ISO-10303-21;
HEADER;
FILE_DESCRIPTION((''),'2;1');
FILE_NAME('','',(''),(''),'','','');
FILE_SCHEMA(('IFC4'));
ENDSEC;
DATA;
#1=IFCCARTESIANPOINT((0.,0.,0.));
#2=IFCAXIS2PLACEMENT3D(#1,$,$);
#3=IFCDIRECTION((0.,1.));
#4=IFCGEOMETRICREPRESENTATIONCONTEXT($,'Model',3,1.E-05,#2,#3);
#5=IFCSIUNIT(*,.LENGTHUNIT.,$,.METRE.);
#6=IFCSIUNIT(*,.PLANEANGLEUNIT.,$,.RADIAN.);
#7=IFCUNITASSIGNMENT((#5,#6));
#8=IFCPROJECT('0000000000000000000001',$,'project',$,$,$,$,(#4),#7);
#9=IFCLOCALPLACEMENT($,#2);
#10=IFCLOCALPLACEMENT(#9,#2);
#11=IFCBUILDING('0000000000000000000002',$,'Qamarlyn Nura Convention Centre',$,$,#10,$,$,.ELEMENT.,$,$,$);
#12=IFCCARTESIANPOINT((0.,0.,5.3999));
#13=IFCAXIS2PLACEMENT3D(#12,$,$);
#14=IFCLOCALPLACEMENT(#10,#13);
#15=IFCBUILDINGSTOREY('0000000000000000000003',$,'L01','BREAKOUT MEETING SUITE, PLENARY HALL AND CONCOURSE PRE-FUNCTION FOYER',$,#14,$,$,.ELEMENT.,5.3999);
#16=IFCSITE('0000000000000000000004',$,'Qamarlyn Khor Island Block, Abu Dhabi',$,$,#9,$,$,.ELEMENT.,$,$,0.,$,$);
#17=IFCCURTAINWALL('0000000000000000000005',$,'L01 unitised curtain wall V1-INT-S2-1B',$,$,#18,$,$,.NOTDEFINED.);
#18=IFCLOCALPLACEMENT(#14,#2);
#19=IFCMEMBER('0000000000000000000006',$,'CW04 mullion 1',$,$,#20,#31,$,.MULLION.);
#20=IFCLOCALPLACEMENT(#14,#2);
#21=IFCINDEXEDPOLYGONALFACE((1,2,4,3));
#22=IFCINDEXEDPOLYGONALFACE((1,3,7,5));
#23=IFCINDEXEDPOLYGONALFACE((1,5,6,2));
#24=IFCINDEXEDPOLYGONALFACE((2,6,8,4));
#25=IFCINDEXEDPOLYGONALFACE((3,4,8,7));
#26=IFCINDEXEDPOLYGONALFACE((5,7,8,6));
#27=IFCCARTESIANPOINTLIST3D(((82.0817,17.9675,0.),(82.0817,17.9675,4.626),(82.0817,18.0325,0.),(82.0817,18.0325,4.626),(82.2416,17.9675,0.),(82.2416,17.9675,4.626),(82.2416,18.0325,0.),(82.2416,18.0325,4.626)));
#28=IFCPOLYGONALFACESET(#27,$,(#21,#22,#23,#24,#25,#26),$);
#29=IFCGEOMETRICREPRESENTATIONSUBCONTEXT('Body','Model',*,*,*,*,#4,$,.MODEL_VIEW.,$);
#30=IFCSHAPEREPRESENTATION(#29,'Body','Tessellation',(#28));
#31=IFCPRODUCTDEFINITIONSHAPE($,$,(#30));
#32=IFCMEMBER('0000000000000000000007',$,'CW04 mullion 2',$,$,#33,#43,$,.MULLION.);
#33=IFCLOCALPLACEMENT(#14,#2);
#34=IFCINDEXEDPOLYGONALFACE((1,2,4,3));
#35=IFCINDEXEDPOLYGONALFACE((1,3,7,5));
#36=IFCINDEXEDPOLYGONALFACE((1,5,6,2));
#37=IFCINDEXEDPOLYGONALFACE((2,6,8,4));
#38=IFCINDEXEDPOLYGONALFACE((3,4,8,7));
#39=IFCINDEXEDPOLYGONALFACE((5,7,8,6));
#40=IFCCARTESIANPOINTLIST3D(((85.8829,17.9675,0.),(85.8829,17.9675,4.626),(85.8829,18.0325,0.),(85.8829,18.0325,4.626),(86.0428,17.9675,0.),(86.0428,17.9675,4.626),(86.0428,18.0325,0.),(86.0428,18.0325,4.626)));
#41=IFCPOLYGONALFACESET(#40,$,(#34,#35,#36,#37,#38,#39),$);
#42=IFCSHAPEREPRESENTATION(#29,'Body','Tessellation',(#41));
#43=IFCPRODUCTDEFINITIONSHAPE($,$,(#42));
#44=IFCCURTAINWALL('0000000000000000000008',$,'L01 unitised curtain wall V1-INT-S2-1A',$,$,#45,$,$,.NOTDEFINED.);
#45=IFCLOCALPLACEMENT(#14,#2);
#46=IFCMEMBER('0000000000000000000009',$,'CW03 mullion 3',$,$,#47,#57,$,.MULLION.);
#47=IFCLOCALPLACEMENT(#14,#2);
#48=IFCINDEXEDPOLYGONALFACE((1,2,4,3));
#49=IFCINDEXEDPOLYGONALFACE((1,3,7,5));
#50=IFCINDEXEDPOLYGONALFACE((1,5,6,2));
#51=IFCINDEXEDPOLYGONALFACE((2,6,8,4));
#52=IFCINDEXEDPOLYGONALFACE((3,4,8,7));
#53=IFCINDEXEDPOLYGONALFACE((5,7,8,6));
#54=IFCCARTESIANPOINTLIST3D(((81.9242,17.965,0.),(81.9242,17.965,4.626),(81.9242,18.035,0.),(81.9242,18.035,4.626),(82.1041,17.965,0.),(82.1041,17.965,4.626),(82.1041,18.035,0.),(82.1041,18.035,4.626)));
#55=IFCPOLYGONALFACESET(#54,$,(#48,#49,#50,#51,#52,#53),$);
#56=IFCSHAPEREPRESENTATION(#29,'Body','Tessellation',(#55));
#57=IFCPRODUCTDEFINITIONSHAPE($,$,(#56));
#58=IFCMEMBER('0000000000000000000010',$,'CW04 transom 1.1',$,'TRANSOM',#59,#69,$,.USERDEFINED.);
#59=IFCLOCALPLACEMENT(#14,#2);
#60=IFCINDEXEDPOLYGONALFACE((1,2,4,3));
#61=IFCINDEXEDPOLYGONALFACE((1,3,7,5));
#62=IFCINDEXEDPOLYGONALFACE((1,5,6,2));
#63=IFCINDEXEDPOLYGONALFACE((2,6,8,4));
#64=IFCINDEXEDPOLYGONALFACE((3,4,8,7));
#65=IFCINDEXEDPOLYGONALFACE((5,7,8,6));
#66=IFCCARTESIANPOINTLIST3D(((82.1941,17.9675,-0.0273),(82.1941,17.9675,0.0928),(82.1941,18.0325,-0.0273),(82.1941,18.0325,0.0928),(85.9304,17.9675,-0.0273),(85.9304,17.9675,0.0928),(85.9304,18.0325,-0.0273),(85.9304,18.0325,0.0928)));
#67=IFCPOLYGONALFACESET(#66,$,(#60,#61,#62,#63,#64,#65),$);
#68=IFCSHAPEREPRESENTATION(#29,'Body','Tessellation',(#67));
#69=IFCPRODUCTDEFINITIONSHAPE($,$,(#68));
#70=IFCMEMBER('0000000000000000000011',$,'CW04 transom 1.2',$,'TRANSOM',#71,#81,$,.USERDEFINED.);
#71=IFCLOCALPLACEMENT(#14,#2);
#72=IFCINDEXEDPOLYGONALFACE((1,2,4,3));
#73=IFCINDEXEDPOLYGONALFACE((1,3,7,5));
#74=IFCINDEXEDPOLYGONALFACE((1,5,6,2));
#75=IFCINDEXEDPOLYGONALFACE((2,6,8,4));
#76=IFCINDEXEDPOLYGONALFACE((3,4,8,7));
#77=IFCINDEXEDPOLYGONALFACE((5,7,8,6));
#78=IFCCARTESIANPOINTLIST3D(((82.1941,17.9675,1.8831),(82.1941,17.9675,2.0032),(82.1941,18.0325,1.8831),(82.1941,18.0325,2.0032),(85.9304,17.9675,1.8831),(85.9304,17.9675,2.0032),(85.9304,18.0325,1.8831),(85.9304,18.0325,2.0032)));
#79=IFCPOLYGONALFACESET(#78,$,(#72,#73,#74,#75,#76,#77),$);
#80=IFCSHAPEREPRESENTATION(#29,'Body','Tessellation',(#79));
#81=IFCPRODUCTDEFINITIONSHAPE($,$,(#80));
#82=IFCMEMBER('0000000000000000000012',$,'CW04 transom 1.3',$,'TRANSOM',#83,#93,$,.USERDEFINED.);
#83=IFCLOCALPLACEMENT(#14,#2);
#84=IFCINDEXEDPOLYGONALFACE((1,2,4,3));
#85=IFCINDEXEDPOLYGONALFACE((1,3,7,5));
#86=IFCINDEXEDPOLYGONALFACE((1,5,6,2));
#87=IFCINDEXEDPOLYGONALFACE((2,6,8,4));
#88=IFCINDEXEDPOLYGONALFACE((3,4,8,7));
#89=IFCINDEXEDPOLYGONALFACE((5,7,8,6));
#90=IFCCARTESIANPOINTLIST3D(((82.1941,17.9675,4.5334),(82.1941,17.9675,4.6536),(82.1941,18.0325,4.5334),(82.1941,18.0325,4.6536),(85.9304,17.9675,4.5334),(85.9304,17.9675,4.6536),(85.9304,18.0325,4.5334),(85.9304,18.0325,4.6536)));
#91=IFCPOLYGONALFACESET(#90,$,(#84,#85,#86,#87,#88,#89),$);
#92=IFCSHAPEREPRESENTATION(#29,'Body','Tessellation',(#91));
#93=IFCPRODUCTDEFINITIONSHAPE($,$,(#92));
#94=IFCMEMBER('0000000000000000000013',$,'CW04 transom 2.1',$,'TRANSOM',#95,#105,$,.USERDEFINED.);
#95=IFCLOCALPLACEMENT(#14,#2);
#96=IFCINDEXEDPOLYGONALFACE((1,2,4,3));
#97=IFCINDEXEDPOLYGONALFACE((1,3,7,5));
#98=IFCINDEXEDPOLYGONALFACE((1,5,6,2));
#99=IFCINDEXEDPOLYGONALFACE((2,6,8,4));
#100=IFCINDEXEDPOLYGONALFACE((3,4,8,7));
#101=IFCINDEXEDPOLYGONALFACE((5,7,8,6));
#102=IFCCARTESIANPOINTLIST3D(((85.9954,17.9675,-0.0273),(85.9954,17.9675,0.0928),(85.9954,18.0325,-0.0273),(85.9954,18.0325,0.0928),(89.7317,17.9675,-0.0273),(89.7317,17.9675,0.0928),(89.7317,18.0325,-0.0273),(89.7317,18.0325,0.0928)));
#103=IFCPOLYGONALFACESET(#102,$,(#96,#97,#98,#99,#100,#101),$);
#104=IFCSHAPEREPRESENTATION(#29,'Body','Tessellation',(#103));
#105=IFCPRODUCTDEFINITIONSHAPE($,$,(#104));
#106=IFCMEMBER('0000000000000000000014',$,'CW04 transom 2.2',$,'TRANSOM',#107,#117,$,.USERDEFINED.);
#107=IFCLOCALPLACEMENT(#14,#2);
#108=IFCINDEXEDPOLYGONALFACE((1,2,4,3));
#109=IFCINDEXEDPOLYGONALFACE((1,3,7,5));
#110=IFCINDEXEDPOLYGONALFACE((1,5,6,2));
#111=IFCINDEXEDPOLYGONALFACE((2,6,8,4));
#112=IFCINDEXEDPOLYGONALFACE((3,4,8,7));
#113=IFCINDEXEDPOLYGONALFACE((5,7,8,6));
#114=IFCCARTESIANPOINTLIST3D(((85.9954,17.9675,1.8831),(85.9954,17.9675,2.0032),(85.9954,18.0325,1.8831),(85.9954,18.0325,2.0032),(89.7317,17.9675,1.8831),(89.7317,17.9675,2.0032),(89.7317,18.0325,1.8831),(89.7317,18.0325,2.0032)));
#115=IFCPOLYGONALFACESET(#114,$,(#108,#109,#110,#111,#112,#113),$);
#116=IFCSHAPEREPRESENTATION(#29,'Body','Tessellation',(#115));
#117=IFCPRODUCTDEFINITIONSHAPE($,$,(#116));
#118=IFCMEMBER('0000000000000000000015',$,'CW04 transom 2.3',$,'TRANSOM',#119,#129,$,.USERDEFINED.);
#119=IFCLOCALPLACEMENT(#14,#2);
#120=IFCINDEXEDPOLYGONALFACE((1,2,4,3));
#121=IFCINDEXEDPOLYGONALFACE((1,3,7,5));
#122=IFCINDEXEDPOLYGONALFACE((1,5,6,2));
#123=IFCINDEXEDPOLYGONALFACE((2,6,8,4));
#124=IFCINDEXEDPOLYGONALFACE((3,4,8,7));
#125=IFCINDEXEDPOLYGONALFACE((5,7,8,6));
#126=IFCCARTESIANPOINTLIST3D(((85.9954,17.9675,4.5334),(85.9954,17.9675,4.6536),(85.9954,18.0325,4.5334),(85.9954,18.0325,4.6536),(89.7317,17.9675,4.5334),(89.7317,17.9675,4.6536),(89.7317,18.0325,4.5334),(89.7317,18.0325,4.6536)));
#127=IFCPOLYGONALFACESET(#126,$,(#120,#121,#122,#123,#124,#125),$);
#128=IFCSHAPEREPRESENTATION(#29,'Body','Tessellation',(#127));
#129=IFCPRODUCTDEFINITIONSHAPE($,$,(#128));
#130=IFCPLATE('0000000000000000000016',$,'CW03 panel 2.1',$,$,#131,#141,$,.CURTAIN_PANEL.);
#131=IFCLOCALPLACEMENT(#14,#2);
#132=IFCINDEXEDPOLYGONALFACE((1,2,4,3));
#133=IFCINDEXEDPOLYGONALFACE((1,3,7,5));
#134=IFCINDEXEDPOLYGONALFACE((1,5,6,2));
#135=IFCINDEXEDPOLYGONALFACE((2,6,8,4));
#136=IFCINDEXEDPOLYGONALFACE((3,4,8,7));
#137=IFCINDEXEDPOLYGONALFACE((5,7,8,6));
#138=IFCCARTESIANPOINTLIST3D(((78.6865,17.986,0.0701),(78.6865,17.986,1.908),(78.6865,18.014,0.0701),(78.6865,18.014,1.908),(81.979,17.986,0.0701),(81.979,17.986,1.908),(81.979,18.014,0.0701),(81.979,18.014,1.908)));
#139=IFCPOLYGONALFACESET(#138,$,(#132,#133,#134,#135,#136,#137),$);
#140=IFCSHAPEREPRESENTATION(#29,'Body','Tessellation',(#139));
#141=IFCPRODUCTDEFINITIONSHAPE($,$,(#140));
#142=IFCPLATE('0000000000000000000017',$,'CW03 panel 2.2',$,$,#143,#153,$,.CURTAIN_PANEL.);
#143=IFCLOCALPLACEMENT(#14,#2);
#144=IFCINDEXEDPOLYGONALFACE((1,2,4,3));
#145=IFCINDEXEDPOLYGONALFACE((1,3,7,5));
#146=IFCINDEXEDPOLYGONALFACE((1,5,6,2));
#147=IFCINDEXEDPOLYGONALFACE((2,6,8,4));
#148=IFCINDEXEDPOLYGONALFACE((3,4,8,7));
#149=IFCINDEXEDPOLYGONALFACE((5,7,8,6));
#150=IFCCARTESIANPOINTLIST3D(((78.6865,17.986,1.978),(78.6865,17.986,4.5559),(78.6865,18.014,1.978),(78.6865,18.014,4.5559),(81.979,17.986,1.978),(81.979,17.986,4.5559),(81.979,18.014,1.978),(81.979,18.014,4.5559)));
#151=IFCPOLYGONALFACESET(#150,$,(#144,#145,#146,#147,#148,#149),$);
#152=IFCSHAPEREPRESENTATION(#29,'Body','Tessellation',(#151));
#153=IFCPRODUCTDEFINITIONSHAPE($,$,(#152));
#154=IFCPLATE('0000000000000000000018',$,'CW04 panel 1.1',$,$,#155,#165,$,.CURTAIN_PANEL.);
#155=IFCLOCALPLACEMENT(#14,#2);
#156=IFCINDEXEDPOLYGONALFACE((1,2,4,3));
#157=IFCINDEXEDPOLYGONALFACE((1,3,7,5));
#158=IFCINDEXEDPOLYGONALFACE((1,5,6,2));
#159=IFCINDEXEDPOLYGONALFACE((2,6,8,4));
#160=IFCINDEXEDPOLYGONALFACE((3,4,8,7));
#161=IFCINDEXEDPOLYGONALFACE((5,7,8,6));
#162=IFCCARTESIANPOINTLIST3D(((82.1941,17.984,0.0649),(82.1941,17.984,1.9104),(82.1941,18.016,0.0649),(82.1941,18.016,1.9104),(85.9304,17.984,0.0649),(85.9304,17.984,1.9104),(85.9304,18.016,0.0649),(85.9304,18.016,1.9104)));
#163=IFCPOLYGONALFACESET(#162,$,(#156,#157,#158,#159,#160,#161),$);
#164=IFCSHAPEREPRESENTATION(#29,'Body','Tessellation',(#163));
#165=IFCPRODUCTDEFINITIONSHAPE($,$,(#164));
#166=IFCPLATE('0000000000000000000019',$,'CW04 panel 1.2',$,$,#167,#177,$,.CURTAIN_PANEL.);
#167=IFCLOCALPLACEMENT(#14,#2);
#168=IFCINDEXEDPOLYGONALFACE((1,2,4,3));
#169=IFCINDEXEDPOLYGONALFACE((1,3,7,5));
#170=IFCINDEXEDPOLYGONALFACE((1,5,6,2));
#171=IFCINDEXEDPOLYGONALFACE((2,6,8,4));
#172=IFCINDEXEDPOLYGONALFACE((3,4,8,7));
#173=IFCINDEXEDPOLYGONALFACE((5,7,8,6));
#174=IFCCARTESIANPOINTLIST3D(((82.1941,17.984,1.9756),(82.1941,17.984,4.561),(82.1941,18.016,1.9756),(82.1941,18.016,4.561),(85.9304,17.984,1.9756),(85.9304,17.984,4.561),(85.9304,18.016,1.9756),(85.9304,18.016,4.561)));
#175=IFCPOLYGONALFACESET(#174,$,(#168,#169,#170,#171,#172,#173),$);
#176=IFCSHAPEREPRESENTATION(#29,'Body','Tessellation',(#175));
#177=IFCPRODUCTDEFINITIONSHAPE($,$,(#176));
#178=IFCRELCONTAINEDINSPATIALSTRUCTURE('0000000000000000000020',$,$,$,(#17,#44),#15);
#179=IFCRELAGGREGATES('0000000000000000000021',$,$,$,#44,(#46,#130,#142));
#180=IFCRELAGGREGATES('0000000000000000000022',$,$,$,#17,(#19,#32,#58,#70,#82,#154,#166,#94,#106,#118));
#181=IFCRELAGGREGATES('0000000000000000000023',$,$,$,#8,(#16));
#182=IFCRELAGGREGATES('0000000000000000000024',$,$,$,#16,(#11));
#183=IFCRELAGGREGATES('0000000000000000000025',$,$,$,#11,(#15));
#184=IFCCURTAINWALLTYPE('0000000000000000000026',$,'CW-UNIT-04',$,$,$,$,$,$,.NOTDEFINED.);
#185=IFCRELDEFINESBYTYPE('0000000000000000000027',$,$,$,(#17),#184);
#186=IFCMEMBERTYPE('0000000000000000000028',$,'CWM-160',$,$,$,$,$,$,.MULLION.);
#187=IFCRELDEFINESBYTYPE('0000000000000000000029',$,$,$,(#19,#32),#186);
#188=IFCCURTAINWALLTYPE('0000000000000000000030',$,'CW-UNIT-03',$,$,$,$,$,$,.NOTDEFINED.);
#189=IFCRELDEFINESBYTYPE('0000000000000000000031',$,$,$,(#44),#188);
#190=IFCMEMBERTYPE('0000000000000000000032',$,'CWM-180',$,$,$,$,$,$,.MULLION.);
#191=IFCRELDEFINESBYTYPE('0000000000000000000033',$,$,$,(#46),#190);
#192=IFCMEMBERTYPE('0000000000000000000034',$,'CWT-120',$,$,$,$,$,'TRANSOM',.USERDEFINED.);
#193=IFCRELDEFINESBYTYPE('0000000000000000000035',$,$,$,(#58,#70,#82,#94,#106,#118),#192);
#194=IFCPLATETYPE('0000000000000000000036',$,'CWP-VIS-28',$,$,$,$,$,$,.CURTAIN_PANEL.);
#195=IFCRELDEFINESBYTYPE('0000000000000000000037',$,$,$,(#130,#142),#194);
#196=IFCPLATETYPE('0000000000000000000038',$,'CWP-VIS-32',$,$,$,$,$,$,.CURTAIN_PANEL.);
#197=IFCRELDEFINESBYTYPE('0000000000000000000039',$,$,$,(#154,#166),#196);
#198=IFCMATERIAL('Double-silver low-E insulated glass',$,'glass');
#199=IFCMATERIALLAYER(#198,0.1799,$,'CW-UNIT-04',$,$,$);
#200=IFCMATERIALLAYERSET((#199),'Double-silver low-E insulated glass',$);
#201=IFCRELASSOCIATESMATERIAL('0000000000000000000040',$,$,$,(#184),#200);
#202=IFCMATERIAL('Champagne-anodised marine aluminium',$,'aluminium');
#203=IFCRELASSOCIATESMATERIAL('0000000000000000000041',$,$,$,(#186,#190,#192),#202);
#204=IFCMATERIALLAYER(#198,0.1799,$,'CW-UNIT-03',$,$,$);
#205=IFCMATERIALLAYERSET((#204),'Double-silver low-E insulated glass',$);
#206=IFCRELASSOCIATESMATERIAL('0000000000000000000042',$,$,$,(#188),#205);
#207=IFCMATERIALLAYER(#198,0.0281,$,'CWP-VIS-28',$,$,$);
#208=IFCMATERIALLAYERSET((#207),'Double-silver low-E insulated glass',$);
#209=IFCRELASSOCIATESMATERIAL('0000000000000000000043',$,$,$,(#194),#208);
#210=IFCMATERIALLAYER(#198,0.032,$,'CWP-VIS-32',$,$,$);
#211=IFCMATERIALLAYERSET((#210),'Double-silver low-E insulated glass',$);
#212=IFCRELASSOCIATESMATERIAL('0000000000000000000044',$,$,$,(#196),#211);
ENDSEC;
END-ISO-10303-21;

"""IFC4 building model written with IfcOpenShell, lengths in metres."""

from ifc_helpers import new_model, si_unit, direction, frame, origin, origin_2d, place, context, subcontext, project, spatial, rectangle, extrude, material, layer, layer_set, material_profile, profile_set, type_object, element, aggregate, save


model = new_model("IFC4")

# Units and contexts
model_context = context("Model", 3, precision=1e-05, world=origin(), true_north=direction((0.0, 1.0)))
body_context = subcontext(model_context, "Body", "Model", "MODEL_VIEW")
ifc_project = project(units=[si_unit("LENGTHUNIT", "METRE"), si_unit("PLANEANGLEUNIT", "RADIAN")], contexts=[model_context])

# Site, building, storey
site_placement = place(None, origin())
site = spatial("IfcSite", under=ifc_project, at=site_placement, Name="Qamarlyn Khor Island Block, Abu Dhabi", CompositionType="ELEMENT", RefElevation=0.0)
building_placement = place(site_placement, origin())
building = spatial("IfcBuilding", under=site, at=building_placement, Name="Qamarlyn Nura Convention Centre", CompositionType="ELEMENT")
storey_placement = place(building_placement, frame((0.0, 0.0, 5.3999)))
storey = spatial("IfcBuildingStorey", under=building, at=storey_placement, Name="L01", Description="BREAKOUT MEETING SUITE, PLENARY HALL AND CONCOURSE PRE-FUNCTION FOYER", CompositionType="ELEMENT", Elevation=5.3999)

# Curtain wall, members
ifc_material_1 = material(Name="Double-silver low-E insulated glass", Category="glass")
ifc_layer_1 = layer(ifc_material_1, 0.1799, Name="CW-UNIT-04")
ifc_layer_set_1 = layer_set([ifc_layer_1], Name="Double-silver low-E insulated glass")
curtain_wall_type_1 = type_object("IfcCurtainWallType", Name="CW-UNIT-04", PredefinedType="NOTDEFINED", material=ifc_layer_set_1)
curtain_wall_1_placement = place(storey_placement, origin())
curtain_wall_1 = element("IfcCurtainWall", 1, at=curtain_wall_1_placement, inside=storey, type_object=curtain_wall_type_1, Name="L01 unitised curtain wall V1-INT-S2-1B", PredefinedType="NOTDEFINED")
ifc_material_2 = material(Name="Champagne-anodised marine aluminium", Category="aluminium")
ifc_material_profile_1 = material_profile(ifc_material_2, rectangle(XDim=0.0649, YDim=0.1599, at=origin_2d()), Name="ALU MULLION 65x160")
ifc_profile_set_1 = profile_set([ifc_material_profile_1], Name="Champagne-anodised marine aluminium")
member_type_1 = type_object("IfcMemberType", Name="CWM-160", PredefinedType="MULLION", material=ifc_profile_set_1)
member_1_placement = place(storey_placement, frame((82.1616, 18.0, 0.0), z_axis=(0.0, 0.0, 1.0), x_axis=(0.0, 1.0, 0.0)))
member_1 = element("IfcMember", 2, at=member_1_placement, type_object=member_type_1, Name="CW04 mullion 1", PredefinedType="MULLION", context=body_context, shape_type="SweptSolid", body=[
    extrude(rectangle(XDim=0.0649, YDim=0.1599, at=origin_2d()), origin(), (0.0, 0.0, 1.0), 4.626),
])
member_2_placement = place(storey_placement, frame((85.9629, 18.0, 0.0), z_axis=(0.0, 0.0, 1.0), x_axis=(0.0, 1.0, 0.0)))
member_2 = element("IfcMember", 3, at=member_2_placement, type_object=member_type_1, Name="CW04 mullion 2", PredefinedType="MULLION", context=body_context, shape_type="SweptSolid", body=[
    extrude(rectangle(XDim=0.0649, YDim=0.1599, at=origin_2d()), origin(), (0.0, 0.0, 1.0), 4.626),
])

# Curtain wall, member
ifc_layer_2 = layer(ifc_material_1, 0.1799, Name="CW-UNIT-03")
ifc_layer_set_2 = layer_set([ifc_layer_2], Name="Double-silver low-E insulated glass")
curtain_wall_type_2 = type_object("IfcCurtainWallType", Name="CW-UNIT-03", PredefinedType="NOTDEFINED", material=ifc_layer_set_2)
curtain_wall_2_placement = place(storey_placement, origin())
curtain_wall_2 = element("IfcCurtainWall", 4, at=curtain_wall_2_placement, inside=storey, type_object=curtain_wall_type_2, Name="L01 unitised curtain wall V1-INT-S2-1A", PredefinedType="NOTDEFINED")
ifc_material_profile_2 = material_profile(ifc_material_2, rectangle(XDim=0.0701, YDim=0.1799, at=origin_2d()), Name="ALU MULLION 70x180")
ifc_profile_set_2 = profile_set([ifc_material_profile_2], Name="Champagne-anodised marine aluminium")
member_type_2 = type_object("IfcMemberType", Name="CWM-180", PredefinedType="MULLION", material=ifc_profile_set_2)
member_3_placement = place(storey_placement, frame((82.0142, 18.0, 0.0), z_axis=(0.0, 0.0, 1.0), x_axis=(0.0, 1.0, 0.0)))
member_3 = element("IfcMember", 5, at=member_3_placement, type_object=member_type_2, Name="CW03 mullion 3", PredefinedType="MULLION", context=body_context, shape_type="SweptSolid", body=[
    extrude(rectangle(XDim=0.0701, YDim=0.1799, at=origin_2d()), origin(), (0.0, 0.0, 1.0), 4.626),
])

# Members
ifc_material_profile_3 = material_profile(ifc_material_2, rectangle(XDim=0.0649, YDim=0.1201, at=origin_2d()), Name="ALU TRANSOM 65x120")
ifc_profile_set_3 = profile_set([ifc_material_profile_3], Name="Champagne-anodised marine aluminium")
member_type_3 = type_object("IfcMemberType", Name="CWT-120", ElementType="TRANSOM", PredefinedType="USERDEFINED", material=ifc_profile_set_3)
member_4_placement = place(storey_placement, frame((82.1941, 18.0, 0.0327), z_axis=(1.0, 0.0, 0.0), x_axis=(0.0, 1.0, 0.0)))
member_4 = element("IfcMember", 6, at=member_4_placement, type_object=member_type_3, Name="CW04 transom 1.1", ObjectType="TRANSOM", PredefinedType="USERDEFINED", context=body_context, shape_type="SweptSolid", body=[
    extrude(rectangle(XDim=0.0649, YDim=0.1201, at=origin_2d()), origin(), (0.0, 0.0, 1.0), 3.7363),
])
member_5_placement = place(storey_placement, frame((82.1941, 18.0, 1.9431), z_axis=(1.0, 0.0, 0.0), x_axis=(0.0, 1.0, 0.0)))
member_5 = element("IfcMember", 7, at=member_5_placement, type_object=member_type_3, Name="CW04 transom 1.2", ObjectType="TRANSOM", PredefinedType="USERDEFINED", context=body_context, shape_type="SweptSolid", body=[
    extrude(rectangle(XDim=0.0649, YDim=0.1201, at=origin_2d()), origin(), (0.0, 0.0, 1.0), 3.7363),
])
member_6_placement = place(storey_placement, frame((82.1941, 18.0, 4.5935), z_axis=(1.0, 0.0, 0.0), x_axis=(0.0, 1.0, 0.0)))
member_6 = element("IfcMember", 8, at=member_6_placement, type_object=member_type_3, Name="CW04 transom 1.3", ObjectType="TRANSOM", PredefinedType="USERDEFINED", context=body_context, shape_type="SweptSolid", body=[
    extrude(rectangle(XDim=0.0649, YDim=0.1201, at=origin_2d()), origin(), (0.0, 0.0, 1.0), 3.7363),
])
member_7_placement = place(storey_placement, frame((85.9954, 18.0, 0.0327), z_axis=(1.0, 0.0, 0.0), x_axis=(0.0, 1.0, 0.0)))
member_7 = element("IfcMember", 9, at=member_7_placement, type_object=member_type_3, Name="CW04 transom 2.1", ObjectType="TRANSOM", PredefinedType="USERDEFINED", context=body_context, shape_type="SweptSolid", body=[
    extrude(rectangle(XDim=0.0649, YDim=0.1201, at=origin_2d()), origin(), (0.0, 0.0, 1.0), 3.7363),
])
member_8_placement = place(storey_placement, frame((85.9954, 18.0, 1.9431), z_axis=(1.0, 0.0, 0.0), x_axis=(0.0, 1.0, 0.0)))
member_8 = element("IfcMember", 10, at=member_8_placement, type_object=member_type_3, Name="CW04 transom 2.2", ObjectType="TRANSOM", PredefinedType="USERDEFINED", context=body_context, shape_type="SweptSolid", body=[
    extrude(rectangle(XDim=0.0649, YDim=0.1201, at=origin_2d()), origin(), (0.0, 0.0, 1.0), 3.7363),
])
member_9_placement = place(storey_placement, frame((85.9954, 18.0, 4.5935), z_axis=(1.0, 0.0, 0.0), x_axis=(0.0, 1.0, 0.0)))
member_9 = element("IfcMember", 11, at=member_9_placement, type_object=member_type_3, Name="CW04 transom 2.3", ObjectType="TRANSOM", PredefinedType="USERDEFINED", context=body_context, shape_type="SweptSolid", body=[
    extrude(rectangle(XDim=0.0649, YDim=0.1201, at=origin_2d()), origin(), (0.0, 0.0, 1.0), 3.7363),
])

# Plates
ifc_layer_3 = layer(ifc_material_1, 0.0281, Name="CWP-VIS-28")
ifc_layer_set_3 = layer_set([ifc_layer_3], Name="Double-silver low-E insulated glass")
plate_type_1 = type_object("IfcPlateType", Name="CWP-VIS-28", PredefinedType="CURTAIN_PANEL", material=ifc_layer_set_3)
plate_1_placement = place(storey_placement, frame((80.3328, 18.0, 0.0701), z_axis=(0.0, 0.0, 1.0), x_axis=(1.0, 0.0, 0.0)))
plate_1 = element("IfcPlate", 12, at=plate_1_placement, type_object=plate_type_1, Name="CW03 panel 2.1", PredefinedType="CURTAIN_PANEL", context=body_context, shape_type="SweptSolid", body=[
    extrude(rectangle(XDim=3.2925, YDim=0.0281, at=origin_2d()), origin(), (0.0, 0.0, 1.0), 1.8379),
])
plate_2_placement = place(storey_placement, frame((80.3328, 18.0, 1.978), z_axis=(0.0, 0.0, 1.0), x_axis=(1.0, 0.0, 0.0)))
plate_2 = element("IfcPlate", 13, at=plate_2_placement, type_object=plate_type_1, Name="CW03 panel 2.2", PredefinedType="CURTAIN_PANEL", context=body_context, shape_type="SweptSolid", body=[
    extrude(rectangle(XDim=3.2925, YDim=0.0281, at=origin_2d()), origin(), (0.0, 0.0, 1.0), 2.5779),
])
aggregate(curtain_wall_2, [member_3, plate_1, plate_2])
ifc_layer_4 = layer(ifc_material_1, 0.032, Name="CWP-VIS-32")
ifc_layer_set_4 = layer_set([ifc_layer_4], Name="Double-silver low-E insulated glass")
plate_type_2 = type_object("IfcPlateType", Name="CWP-VIS-32", PredefinedType="CURTAIN_PANEL", material=ifc_layer_set_4)
plate_3_placement = place(storey_placement, frame((84.0623, 18.0, 0.0649), z_axis=(0.0, 0.0, 1.0), x_axis=(1.0, 0.0, 0.0)))
plate_3 = element("IfcPlate", 14, at=plate_3_placement, type_object=plate_type_2, Name="CW04 panel 1.1", PredefinedType="CURTAIN_PANEL", context=body_context, shape_type="SweptSolid", body=[
    extrude(rectangle(XDim=3.7363, YDim=0.032, at=origin_2d()), origin(), (0.0, 0.0, 1.0), 1.8455),
])
plate_4_placement = place(storey_placement, frame((84.0623, 18.0, 1.9756), z_axis=(0.0, 0.0, 1.0), x_axis=(1.0, 0.0, 0.0)))
plate_4 = element("IfcPlate", 15, at=plate_4_placement, type_object=plate_type_2, Name="CW04 panel 1.2", PredefinedType="CURTAIN_PANEL", context=body_context, shape_type="SweptSolid", body=[
    extrude(rectangle(XDim=3.7363, YDim=0.032, at=origin_2d()), origin(), (0.0, 0.0, 1.0), 2.5854),
])
aggregate(curtain_wall_1, [member_1, member_2, member_4, member_5, member_6, plate_3, plate_4, member_7, member_8, member_9])

save(model, "model.ifc")
